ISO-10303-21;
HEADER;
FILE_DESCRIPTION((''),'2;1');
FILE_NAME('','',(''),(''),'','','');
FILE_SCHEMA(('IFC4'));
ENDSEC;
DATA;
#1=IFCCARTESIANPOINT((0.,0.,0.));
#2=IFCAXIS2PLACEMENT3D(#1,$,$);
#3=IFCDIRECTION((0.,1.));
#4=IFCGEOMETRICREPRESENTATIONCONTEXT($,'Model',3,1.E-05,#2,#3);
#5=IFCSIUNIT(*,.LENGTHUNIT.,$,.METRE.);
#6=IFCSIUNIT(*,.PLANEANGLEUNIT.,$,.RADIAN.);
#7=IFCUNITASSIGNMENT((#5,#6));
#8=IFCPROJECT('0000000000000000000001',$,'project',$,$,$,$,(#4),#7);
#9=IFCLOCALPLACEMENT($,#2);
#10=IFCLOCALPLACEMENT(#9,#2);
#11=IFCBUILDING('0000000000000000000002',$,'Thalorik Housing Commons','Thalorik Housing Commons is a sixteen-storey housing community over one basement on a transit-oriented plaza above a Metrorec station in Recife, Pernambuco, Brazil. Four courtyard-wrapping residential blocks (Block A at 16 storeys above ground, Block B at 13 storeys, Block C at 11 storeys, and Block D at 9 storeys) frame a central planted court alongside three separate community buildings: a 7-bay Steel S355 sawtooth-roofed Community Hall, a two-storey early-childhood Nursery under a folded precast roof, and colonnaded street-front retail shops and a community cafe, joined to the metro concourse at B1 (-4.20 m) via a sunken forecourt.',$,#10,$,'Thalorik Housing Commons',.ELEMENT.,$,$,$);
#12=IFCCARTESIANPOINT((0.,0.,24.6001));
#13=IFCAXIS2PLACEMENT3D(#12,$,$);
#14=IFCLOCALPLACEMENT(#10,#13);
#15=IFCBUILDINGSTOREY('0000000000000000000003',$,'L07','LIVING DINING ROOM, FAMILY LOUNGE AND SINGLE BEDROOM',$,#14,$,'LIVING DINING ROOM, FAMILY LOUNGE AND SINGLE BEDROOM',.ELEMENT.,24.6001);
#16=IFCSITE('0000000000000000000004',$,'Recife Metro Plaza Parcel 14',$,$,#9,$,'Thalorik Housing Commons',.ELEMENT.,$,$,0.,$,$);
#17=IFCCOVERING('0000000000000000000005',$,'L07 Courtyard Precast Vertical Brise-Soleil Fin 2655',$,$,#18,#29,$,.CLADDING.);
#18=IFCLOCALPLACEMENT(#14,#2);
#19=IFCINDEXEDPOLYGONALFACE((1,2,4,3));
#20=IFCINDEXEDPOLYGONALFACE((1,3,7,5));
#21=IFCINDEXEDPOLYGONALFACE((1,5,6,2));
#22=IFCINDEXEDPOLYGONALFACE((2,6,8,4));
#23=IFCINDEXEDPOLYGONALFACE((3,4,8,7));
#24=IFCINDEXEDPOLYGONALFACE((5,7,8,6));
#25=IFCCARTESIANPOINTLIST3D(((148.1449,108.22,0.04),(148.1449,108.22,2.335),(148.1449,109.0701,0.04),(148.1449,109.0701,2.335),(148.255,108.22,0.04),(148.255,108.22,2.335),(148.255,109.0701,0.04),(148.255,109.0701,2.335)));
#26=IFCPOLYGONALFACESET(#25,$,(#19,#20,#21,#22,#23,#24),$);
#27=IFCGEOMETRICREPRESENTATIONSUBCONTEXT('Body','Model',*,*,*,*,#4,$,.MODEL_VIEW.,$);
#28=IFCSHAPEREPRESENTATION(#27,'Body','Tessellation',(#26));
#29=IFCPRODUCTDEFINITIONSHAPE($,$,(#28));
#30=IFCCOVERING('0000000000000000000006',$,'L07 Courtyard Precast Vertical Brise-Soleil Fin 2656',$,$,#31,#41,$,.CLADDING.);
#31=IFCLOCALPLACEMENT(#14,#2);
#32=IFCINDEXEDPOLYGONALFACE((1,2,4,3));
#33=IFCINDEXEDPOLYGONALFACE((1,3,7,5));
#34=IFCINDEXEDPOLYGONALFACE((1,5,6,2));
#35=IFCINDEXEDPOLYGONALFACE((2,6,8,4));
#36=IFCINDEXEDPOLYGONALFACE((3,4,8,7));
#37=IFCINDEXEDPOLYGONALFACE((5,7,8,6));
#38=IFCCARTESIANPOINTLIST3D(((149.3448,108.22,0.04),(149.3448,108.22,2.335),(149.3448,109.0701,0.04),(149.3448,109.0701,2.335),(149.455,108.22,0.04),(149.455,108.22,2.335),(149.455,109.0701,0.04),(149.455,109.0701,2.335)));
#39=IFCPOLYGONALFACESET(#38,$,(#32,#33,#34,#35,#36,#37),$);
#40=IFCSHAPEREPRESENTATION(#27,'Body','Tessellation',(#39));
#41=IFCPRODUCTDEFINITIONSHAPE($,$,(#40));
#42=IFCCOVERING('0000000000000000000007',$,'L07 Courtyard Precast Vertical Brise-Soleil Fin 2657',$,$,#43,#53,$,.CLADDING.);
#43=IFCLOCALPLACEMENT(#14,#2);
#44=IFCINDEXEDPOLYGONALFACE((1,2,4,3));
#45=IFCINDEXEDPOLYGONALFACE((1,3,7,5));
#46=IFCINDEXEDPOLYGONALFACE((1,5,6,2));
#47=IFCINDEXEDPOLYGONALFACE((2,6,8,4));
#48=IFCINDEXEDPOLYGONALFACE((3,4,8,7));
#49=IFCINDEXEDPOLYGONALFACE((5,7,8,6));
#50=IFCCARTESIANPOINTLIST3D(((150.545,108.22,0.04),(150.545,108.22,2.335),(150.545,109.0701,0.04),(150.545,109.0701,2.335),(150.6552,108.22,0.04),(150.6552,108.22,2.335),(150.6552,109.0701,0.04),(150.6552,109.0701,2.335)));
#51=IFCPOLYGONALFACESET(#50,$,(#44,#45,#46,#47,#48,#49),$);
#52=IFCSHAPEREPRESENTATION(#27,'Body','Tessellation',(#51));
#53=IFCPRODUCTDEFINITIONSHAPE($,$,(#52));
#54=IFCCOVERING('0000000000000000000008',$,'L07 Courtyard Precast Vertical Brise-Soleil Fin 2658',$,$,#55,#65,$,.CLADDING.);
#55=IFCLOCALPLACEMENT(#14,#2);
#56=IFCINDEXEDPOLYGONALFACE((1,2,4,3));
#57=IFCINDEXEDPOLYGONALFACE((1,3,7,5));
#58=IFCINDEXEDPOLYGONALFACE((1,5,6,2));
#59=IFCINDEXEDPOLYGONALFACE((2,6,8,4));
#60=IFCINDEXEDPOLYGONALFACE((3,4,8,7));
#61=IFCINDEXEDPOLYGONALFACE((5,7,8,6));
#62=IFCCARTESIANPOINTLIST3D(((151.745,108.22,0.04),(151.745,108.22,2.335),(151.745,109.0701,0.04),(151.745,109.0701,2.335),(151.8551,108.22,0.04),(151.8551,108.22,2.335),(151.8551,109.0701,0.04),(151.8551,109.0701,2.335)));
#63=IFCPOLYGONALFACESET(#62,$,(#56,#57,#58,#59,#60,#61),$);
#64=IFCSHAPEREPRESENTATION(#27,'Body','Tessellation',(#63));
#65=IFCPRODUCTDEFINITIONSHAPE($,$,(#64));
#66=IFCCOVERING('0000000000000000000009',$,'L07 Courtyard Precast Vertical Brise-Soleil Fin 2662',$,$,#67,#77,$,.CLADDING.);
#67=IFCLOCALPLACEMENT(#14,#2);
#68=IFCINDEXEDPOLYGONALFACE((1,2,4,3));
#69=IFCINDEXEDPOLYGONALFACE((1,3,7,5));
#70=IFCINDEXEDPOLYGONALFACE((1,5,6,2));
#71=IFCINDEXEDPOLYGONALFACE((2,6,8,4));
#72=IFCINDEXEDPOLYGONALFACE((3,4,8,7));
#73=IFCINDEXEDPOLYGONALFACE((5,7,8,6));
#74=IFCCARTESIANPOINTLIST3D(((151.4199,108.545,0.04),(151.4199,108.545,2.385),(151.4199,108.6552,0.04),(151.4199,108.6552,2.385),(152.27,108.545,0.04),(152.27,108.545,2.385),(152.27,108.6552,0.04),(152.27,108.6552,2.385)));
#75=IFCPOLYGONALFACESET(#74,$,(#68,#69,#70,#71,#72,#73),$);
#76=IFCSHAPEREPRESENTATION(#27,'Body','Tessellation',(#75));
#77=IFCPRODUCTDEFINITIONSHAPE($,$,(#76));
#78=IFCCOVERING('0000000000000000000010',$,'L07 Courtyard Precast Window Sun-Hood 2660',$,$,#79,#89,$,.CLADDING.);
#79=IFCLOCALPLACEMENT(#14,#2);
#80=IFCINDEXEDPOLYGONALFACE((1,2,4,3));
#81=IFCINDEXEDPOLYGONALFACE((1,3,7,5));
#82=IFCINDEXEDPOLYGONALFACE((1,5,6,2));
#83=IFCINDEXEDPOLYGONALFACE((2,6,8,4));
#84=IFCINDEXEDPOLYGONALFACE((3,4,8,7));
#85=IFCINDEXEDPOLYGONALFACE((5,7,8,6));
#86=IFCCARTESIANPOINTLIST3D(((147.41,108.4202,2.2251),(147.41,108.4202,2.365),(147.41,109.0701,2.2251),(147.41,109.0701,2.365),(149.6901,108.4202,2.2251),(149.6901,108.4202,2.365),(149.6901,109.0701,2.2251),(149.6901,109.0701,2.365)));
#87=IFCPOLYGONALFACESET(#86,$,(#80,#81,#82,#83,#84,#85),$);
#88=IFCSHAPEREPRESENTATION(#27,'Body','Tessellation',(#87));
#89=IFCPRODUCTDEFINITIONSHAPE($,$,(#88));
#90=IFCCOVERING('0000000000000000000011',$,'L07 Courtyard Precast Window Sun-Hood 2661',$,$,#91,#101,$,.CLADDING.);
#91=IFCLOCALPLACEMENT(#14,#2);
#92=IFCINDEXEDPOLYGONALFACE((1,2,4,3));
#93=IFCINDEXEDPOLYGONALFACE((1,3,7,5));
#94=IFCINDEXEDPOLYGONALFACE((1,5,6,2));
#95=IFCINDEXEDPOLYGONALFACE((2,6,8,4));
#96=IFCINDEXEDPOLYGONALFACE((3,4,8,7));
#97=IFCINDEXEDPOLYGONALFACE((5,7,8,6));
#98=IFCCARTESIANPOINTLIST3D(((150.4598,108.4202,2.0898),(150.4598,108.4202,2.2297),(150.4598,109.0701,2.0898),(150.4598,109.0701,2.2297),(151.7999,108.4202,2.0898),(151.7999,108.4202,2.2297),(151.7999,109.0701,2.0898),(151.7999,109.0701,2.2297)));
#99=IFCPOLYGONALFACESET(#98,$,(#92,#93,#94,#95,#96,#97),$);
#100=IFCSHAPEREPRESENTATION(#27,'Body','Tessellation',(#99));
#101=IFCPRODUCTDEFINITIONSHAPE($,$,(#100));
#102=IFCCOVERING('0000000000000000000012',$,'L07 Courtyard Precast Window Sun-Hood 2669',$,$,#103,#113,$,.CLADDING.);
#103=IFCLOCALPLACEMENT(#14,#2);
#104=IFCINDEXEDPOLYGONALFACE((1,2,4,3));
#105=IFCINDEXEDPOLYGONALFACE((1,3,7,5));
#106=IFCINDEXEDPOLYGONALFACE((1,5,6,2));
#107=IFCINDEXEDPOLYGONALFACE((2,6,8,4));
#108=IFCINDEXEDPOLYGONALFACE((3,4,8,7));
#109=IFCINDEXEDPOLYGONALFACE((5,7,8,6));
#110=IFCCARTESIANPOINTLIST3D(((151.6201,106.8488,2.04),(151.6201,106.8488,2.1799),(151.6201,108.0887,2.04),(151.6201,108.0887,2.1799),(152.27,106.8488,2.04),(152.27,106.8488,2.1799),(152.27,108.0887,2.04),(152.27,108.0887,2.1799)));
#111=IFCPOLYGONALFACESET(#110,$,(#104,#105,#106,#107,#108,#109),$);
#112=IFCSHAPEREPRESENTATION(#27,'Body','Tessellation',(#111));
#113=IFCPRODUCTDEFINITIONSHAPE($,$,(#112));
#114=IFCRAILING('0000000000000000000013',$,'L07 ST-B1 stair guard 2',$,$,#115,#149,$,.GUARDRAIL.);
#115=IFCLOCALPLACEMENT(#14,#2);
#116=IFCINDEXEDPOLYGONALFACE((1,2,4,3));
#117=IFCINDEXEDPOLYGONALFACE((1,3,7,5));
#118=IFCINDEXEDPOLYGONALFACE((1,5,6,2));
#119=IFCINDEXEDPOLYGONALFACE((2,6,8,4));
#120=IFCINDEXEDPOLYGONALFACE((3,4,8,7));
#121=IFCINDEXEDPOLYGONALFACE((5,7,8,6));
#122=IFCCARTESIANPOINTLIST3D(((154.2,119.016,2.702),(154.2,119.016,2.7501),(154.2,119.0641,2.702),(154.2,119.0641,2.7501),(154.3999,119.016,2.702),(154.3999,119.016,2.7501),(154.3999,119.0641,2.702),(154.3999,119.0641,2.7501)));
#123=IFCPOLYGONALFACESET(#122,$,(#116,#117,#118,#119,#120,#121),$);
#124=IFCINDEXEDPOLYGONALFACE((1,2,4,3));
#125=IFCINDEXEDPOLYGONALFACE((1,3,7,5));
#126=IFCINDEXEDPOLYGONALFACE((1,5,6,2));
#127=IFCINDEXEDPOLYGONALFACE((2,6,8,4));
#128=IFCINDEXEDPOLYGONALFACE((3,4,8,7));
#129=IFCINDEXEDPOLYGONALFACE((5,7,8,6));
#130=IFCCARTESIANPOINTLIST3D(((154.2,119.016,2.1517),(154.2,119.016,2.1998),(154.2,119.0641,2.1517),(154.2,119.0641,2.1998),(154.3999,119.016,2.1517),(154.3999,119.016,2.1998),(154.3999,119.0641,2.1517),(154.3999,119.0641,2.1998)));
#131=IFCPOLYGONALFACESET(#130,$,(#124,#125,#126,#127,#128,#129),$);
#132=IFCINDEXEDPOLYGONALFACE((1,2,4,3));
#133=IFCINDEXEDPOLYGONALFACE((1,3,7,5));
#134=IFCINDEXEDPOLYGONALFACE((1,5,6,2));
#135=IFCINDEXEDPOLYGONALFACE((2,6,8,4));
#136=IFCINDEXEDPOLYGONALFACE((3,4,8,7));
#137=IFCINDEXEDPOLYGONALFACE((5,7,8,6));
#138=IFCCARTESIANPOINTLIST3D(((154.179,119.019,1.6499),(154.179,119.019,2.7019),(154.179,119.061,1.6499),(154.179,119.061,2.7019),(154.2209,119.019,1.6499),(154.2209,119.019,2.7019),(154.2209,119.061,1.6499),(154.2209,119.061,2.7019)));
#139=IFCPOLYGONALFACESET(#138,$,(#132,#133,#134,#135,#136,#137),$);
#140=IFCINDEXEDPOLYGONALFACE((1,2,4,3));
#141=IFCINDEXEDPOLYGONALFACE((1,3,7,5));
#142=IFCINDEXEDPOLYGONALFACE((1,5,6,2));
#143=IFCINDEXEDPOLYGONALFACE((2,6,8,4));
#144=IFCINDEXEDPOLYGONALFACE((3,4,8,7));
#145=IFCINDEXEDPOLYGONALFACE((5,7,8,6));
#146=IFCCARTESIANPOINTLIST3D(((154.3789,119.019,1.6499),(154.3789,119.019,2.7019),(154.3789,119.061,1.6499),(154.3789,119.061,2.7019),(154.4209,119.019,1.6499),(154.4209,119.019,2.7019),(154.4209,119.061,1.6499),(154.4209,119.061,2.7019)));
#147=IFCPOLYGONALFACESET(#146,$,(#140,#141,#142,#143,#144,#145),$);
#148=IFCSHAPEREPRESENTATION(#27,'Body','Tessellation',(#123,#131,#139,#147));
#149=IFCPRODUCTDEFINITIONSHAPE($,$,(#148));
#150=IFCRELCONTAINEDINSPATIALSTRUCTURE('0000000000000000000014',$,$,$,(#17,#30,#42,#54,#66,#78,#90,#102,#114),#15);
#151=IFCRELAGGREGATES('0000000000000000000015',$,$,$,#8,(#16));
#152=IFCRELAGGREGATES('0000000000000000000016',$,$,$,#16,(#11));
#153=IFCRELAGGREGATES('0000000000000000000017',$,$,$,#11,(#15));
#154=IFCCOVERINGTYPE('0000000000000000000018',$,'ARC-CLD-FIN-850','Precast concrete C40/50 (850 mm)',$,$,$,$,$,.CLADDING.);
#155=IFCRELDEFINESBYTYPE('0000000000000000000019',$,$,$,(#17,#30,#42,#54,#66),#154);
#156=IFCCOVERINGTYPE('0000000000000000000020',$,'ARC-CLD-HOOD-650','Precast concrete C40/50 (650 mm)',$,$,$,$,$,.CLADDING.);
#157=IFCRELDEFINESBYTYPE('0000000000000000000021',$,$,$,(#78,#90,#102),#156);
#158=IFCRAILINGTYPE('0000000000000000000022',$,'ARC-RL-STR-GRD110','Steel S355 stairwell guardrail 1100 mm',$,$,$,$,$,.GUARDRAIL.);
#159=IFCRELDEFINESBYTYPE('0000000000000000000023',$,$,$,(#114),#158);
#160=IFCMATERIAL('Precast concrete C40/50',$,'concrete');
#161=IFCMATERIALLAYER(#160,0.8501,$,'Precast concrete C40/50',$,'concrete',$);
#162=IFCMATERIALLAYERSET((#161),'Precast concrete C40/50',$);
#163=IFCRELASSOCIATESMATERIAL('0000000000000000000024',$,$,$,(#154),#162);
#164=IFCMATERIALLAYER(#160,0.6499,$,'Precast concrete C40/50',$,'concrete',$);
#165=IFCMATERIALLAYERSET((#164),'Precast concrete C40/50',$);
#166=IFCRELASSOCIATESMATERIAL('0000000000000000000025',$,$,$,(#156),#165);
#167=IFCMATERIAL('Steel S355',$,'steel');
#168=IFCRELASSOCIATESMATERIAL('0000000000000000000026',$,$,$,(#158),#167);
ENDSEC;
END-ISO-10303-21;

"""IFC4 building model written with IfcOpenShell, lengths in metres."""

from ifc_helpers import new_model, si_unit, direction, frame, origin, origin_2d, place, context, subcontext, project, spatial, rectangle, extrude, material, layer, layer_set, type_object, element, save


model = new_model("IFC4")

# Units and contexts
model_context = context("Model", 3, precision=1e-05, world=origin(), true_north=direction((0.0, 1.0)))
body_context = subcontext(model_context, "Body", "Model", "MODEL_VIEW")
ifc_project = project(units=[si_unit("LENGTHUNIT", "METRE"), si_unit("PLANEANGLEUNIT", "RADIAN")], contexts=[model_context])

# Site, building, storey
site_placement = place(None, origin())
site = spatial("IfcSite", under=ifc_project, at=site_placement, Name="Recife Metro Plaza Parcel 14", LongName="Thalorik Housing Commons", CompositionType="ELEMENT", RefElevation=0.0)
building_placement = place(site_placement, origin())
building = spatial("IfcBuilding", under=site, at=building_placement, Name="Thalorik Housing Commons", Description="Thalorik Housing Commons is a sixteen-storey housing community over one basement on a transit-oriented plaza above a Metrorec station in Recife, Pernambuco, Brazil. Four courtyard-wrapping residential blocks (Block A at 16 storeys above ground, Block B at 13 storeys, Block C at 11 storeys, and Block D at 9 storeys) frame a central planted court alongside three separate community buildings: a 7-bay Steel S355 sawtooth-roofed Community Hall, a two-storey early-childhood Nursery under a folded precast roof, and colonnaded street-front retail shops and a community cafe, joined to the metro concourse at B1 (-4.20 m) via a sunken forecourt.", LongName="Thalorik Housing Commons", CompositionType="ELEMENT")
storey_placement = place(building_placement, frame((0.0, 0.0, 24.6001)))
storey = spatial("IfcBuildingStorey", under=building, at=storey_placement, Name="L07", Description="LIVING DINING ROOM, FAMILY LOUNGE AND SINGLE BEDROOM", LongName="LIVING DINING ROOM, FAMILY LOUNGE AND SINGLE BEDROOM", CompositionType="ELEMENT", Elevation=24.6001)

# Shared definitions
ifc_material_1 = material(Name="Precast concrete C40/50", Category="concrete")

# Shared definitions
ifc_material_2 = material(Name="Steel S355", Category="steel")

# Coverings
ifc_layer_1 = layer(ifc_material_1, 0.8501, Name="Precast concrete C40/50", Category="concrete")
ifc_layer_set_1 = layer_set([ifc_layer_1], Name="Precast concrete C40/50")
covering_type_1 = type_object("IfcCoveringType", Name="ARC-CLD-FIN-850", Description="Precast concrete C40/50 (850 mm)", PredefinedType="CLADDING", material=ifc_layer_set_1)
for number, where, z_axis, x_axis, name in (
    (1, (148.2, 108.645, 0.04), (0.0, 0.0, 1.0), (1.0, 0.0, 0.0), "L07 Courtyard Precast Vertical Brise-Soleil Fin 2655"),
    (2, (149.3999, 108.645, 0.04), (0.0, 0.0, 1.0), (1.0, 0.0, 0.0), "L07 Courtyard Precast Vertical Brise-Soleil Fin 2656"),
    (3, (150.6001, 108.645, 0.04), (0.0, 0.0, 1.0), (1.0, 0.0, 0.0), "L07 Courtyard Precast Vertical Brise-Soleil Fin 2657"),
    (4, (151.8, 108.645, 0.04), (0.0, 0.0, 1.0), (1.0, 0.0, 0.0), "L07 Courtyard Precast Vertical Brise-Soleil Fin 2658"),
):
    element("IfcCovering", number, at=place(storey_placement, frame(where, z_axis=z_axis, x_axis=x_axis)), inside=storey, type_object=covering_type_1, Name=name, PredefinedType="CLADDING", context=body_context, shape_type="SweptSolid", body=[
        extrude(rectangle(XDim=0.1101, YDim=0.8501, at=origin_2d()), origin(), (0.0, 0.0, 1.0), 2.2949),
    ])
covering_1_placement = place(storey_placement, frame((151.845, 108.6001, 0.04), z_axis=(0.0, 0.0, 1.0), x_axis=(0.0, -1.0, 0.0)))
element("IfcCovering", 5, at=covering_1_placement, inside=storey, type_object=covering_type_1, Name="L07 Courtyard Precast Vertical Brise-Soleil Fin 2662", PredefinedType="CLADDING", context=body_context, shape_type="SweptSolid", body=[
    extrude(rectangle(XDim=0.1101, YDim=0.8501, at=origin_2d()), origin(), (0.0, 0.0, 1.0), 2.345),
])
ifc_layer_2 = layer(ifc_material_1, 0.6499, Name="Precast concrete C40/50", Category="concrete")
ifc_layer_set_2 = layer_set([ifc_layer_2], Name="Precast concrete C40/50")
covering_type_2 = type_object("IfcCoveringType", Name="ARC-CLD-HOOD-650", Description="Precast concrete C40/50 (650 mm)", PredefinedType="CLADDING", material=ifc_layer_set_2)
covering_2_placement = place(storey_placement, frame((148.55, 108.7451, 2.2251), z_axis=(0.0, 0.0, 1.0), x_axis=(1.0, 0.0, 0.0)))
element("IfcCovering", 6, at=covering_2_placement, inside=storey, type_object=covering_type_2, Name="L07 Courtyard Precast Window Sun-Hood 2660", PredefinedType="CLADDING", context=body_context, shape_type="SweptSolid", body=[
    extrude(rectangle(XDim=2.28, YDim=0.6499, at=origin_2d()), origin(), (0.0, 0.0, 1.0), 0.1399),
])
covering_3_placement = place(storey_placement, frame((151.1299, 108.7451, 2.0898), z_axis=(0.0, 0.0, 1.0), x_axis=(1.0, 0.0, 0.0)))
element("IfcCovering", 7, at=covering_3_placement, inside=storey, type_object=covering_type_2, Name="L07 Courtyard Precast Window Sun-Hood 2661", PredefinedType="CLADDING", context=body_context, shape_type="SweptSolid", body=[
    extrude(rectangle(XDim=1.3401, YDim=0.6499, at=origin_2d()), origin(), (0.0, 0.0, 1.0), 0.1399),
])
covering_4_placement = place(storey_placement, frame((151.9451, 107.4688, 2.04), z_axis=(0.0, 0.0, 1.0), x_axis=(0.0, -1.0, 0.0)))
element("IfcCovering", 8, at=covering_4_placement, inside=storey, type_object=covering_type_2, Name="L07 Courtyard Precast Window Sun-Hood 2669", PredefinedType="CLADDING", context=body_context, shape_type="SweptSolid", body=[
    extrude(rectangle(XDim=1.24, YDim=0.6499, at=origin_2d()), origin(), (0.0, 0.0, 1.0), 0.1399),
])

# Railing
railing_type = type_object("IfcRailingType", Name="ARC-RL-STR-GRD110", Description="Steel S355 stairwell guardrail 1100 mm", PredefinedType="GUARDRAIL", material=ifc_material_2)
railing_placement = place(storey_placement, frame((154.2, 119.04, 1.6499)))
element("IfcRailing", 9, at=railing_placement, inside=storey, type_object=railing_type, Name="L07 ST-B1 stair guard 2", PredefinedType="GUARDRAIL", context=body_context, shape_type="SweptSolid", body=[
    extrude(rectangle(XDim=0.0481, YDim=0.0481, at=origin_2d()), frame((0.0, 0.0, 1.0762), z_axis=(1.0, 0.0, 0.0), x_axis=(0.0, 1.0, 0.0)), (0.0, 0.0, 1.0), 0.2),
    extrude(rectangle(XDim=0.0481, YDim=0.0481, at=origin_2d()), frame((0.0, 0.0, 0.5259), z_axis=(1.0, 0.0, 0.0), x_axis=(0.0, 1.0, 0.0)), (0.0, 0.0, 1.0), 0.2),
    extrude(rectangle(XDim=0.042, YDim=0.042, at=origin_2d()), origin(), (0.0, 0.0, 1.0), 1.052),
    extrude(rectangle(XDim=0.042, YDim=0.042, at=origin_2d()), frame((0.2, 0.0, 0.0)), (0.0, 0.0, 1.0), 1.052),
])

save(model, "model.ifc")
